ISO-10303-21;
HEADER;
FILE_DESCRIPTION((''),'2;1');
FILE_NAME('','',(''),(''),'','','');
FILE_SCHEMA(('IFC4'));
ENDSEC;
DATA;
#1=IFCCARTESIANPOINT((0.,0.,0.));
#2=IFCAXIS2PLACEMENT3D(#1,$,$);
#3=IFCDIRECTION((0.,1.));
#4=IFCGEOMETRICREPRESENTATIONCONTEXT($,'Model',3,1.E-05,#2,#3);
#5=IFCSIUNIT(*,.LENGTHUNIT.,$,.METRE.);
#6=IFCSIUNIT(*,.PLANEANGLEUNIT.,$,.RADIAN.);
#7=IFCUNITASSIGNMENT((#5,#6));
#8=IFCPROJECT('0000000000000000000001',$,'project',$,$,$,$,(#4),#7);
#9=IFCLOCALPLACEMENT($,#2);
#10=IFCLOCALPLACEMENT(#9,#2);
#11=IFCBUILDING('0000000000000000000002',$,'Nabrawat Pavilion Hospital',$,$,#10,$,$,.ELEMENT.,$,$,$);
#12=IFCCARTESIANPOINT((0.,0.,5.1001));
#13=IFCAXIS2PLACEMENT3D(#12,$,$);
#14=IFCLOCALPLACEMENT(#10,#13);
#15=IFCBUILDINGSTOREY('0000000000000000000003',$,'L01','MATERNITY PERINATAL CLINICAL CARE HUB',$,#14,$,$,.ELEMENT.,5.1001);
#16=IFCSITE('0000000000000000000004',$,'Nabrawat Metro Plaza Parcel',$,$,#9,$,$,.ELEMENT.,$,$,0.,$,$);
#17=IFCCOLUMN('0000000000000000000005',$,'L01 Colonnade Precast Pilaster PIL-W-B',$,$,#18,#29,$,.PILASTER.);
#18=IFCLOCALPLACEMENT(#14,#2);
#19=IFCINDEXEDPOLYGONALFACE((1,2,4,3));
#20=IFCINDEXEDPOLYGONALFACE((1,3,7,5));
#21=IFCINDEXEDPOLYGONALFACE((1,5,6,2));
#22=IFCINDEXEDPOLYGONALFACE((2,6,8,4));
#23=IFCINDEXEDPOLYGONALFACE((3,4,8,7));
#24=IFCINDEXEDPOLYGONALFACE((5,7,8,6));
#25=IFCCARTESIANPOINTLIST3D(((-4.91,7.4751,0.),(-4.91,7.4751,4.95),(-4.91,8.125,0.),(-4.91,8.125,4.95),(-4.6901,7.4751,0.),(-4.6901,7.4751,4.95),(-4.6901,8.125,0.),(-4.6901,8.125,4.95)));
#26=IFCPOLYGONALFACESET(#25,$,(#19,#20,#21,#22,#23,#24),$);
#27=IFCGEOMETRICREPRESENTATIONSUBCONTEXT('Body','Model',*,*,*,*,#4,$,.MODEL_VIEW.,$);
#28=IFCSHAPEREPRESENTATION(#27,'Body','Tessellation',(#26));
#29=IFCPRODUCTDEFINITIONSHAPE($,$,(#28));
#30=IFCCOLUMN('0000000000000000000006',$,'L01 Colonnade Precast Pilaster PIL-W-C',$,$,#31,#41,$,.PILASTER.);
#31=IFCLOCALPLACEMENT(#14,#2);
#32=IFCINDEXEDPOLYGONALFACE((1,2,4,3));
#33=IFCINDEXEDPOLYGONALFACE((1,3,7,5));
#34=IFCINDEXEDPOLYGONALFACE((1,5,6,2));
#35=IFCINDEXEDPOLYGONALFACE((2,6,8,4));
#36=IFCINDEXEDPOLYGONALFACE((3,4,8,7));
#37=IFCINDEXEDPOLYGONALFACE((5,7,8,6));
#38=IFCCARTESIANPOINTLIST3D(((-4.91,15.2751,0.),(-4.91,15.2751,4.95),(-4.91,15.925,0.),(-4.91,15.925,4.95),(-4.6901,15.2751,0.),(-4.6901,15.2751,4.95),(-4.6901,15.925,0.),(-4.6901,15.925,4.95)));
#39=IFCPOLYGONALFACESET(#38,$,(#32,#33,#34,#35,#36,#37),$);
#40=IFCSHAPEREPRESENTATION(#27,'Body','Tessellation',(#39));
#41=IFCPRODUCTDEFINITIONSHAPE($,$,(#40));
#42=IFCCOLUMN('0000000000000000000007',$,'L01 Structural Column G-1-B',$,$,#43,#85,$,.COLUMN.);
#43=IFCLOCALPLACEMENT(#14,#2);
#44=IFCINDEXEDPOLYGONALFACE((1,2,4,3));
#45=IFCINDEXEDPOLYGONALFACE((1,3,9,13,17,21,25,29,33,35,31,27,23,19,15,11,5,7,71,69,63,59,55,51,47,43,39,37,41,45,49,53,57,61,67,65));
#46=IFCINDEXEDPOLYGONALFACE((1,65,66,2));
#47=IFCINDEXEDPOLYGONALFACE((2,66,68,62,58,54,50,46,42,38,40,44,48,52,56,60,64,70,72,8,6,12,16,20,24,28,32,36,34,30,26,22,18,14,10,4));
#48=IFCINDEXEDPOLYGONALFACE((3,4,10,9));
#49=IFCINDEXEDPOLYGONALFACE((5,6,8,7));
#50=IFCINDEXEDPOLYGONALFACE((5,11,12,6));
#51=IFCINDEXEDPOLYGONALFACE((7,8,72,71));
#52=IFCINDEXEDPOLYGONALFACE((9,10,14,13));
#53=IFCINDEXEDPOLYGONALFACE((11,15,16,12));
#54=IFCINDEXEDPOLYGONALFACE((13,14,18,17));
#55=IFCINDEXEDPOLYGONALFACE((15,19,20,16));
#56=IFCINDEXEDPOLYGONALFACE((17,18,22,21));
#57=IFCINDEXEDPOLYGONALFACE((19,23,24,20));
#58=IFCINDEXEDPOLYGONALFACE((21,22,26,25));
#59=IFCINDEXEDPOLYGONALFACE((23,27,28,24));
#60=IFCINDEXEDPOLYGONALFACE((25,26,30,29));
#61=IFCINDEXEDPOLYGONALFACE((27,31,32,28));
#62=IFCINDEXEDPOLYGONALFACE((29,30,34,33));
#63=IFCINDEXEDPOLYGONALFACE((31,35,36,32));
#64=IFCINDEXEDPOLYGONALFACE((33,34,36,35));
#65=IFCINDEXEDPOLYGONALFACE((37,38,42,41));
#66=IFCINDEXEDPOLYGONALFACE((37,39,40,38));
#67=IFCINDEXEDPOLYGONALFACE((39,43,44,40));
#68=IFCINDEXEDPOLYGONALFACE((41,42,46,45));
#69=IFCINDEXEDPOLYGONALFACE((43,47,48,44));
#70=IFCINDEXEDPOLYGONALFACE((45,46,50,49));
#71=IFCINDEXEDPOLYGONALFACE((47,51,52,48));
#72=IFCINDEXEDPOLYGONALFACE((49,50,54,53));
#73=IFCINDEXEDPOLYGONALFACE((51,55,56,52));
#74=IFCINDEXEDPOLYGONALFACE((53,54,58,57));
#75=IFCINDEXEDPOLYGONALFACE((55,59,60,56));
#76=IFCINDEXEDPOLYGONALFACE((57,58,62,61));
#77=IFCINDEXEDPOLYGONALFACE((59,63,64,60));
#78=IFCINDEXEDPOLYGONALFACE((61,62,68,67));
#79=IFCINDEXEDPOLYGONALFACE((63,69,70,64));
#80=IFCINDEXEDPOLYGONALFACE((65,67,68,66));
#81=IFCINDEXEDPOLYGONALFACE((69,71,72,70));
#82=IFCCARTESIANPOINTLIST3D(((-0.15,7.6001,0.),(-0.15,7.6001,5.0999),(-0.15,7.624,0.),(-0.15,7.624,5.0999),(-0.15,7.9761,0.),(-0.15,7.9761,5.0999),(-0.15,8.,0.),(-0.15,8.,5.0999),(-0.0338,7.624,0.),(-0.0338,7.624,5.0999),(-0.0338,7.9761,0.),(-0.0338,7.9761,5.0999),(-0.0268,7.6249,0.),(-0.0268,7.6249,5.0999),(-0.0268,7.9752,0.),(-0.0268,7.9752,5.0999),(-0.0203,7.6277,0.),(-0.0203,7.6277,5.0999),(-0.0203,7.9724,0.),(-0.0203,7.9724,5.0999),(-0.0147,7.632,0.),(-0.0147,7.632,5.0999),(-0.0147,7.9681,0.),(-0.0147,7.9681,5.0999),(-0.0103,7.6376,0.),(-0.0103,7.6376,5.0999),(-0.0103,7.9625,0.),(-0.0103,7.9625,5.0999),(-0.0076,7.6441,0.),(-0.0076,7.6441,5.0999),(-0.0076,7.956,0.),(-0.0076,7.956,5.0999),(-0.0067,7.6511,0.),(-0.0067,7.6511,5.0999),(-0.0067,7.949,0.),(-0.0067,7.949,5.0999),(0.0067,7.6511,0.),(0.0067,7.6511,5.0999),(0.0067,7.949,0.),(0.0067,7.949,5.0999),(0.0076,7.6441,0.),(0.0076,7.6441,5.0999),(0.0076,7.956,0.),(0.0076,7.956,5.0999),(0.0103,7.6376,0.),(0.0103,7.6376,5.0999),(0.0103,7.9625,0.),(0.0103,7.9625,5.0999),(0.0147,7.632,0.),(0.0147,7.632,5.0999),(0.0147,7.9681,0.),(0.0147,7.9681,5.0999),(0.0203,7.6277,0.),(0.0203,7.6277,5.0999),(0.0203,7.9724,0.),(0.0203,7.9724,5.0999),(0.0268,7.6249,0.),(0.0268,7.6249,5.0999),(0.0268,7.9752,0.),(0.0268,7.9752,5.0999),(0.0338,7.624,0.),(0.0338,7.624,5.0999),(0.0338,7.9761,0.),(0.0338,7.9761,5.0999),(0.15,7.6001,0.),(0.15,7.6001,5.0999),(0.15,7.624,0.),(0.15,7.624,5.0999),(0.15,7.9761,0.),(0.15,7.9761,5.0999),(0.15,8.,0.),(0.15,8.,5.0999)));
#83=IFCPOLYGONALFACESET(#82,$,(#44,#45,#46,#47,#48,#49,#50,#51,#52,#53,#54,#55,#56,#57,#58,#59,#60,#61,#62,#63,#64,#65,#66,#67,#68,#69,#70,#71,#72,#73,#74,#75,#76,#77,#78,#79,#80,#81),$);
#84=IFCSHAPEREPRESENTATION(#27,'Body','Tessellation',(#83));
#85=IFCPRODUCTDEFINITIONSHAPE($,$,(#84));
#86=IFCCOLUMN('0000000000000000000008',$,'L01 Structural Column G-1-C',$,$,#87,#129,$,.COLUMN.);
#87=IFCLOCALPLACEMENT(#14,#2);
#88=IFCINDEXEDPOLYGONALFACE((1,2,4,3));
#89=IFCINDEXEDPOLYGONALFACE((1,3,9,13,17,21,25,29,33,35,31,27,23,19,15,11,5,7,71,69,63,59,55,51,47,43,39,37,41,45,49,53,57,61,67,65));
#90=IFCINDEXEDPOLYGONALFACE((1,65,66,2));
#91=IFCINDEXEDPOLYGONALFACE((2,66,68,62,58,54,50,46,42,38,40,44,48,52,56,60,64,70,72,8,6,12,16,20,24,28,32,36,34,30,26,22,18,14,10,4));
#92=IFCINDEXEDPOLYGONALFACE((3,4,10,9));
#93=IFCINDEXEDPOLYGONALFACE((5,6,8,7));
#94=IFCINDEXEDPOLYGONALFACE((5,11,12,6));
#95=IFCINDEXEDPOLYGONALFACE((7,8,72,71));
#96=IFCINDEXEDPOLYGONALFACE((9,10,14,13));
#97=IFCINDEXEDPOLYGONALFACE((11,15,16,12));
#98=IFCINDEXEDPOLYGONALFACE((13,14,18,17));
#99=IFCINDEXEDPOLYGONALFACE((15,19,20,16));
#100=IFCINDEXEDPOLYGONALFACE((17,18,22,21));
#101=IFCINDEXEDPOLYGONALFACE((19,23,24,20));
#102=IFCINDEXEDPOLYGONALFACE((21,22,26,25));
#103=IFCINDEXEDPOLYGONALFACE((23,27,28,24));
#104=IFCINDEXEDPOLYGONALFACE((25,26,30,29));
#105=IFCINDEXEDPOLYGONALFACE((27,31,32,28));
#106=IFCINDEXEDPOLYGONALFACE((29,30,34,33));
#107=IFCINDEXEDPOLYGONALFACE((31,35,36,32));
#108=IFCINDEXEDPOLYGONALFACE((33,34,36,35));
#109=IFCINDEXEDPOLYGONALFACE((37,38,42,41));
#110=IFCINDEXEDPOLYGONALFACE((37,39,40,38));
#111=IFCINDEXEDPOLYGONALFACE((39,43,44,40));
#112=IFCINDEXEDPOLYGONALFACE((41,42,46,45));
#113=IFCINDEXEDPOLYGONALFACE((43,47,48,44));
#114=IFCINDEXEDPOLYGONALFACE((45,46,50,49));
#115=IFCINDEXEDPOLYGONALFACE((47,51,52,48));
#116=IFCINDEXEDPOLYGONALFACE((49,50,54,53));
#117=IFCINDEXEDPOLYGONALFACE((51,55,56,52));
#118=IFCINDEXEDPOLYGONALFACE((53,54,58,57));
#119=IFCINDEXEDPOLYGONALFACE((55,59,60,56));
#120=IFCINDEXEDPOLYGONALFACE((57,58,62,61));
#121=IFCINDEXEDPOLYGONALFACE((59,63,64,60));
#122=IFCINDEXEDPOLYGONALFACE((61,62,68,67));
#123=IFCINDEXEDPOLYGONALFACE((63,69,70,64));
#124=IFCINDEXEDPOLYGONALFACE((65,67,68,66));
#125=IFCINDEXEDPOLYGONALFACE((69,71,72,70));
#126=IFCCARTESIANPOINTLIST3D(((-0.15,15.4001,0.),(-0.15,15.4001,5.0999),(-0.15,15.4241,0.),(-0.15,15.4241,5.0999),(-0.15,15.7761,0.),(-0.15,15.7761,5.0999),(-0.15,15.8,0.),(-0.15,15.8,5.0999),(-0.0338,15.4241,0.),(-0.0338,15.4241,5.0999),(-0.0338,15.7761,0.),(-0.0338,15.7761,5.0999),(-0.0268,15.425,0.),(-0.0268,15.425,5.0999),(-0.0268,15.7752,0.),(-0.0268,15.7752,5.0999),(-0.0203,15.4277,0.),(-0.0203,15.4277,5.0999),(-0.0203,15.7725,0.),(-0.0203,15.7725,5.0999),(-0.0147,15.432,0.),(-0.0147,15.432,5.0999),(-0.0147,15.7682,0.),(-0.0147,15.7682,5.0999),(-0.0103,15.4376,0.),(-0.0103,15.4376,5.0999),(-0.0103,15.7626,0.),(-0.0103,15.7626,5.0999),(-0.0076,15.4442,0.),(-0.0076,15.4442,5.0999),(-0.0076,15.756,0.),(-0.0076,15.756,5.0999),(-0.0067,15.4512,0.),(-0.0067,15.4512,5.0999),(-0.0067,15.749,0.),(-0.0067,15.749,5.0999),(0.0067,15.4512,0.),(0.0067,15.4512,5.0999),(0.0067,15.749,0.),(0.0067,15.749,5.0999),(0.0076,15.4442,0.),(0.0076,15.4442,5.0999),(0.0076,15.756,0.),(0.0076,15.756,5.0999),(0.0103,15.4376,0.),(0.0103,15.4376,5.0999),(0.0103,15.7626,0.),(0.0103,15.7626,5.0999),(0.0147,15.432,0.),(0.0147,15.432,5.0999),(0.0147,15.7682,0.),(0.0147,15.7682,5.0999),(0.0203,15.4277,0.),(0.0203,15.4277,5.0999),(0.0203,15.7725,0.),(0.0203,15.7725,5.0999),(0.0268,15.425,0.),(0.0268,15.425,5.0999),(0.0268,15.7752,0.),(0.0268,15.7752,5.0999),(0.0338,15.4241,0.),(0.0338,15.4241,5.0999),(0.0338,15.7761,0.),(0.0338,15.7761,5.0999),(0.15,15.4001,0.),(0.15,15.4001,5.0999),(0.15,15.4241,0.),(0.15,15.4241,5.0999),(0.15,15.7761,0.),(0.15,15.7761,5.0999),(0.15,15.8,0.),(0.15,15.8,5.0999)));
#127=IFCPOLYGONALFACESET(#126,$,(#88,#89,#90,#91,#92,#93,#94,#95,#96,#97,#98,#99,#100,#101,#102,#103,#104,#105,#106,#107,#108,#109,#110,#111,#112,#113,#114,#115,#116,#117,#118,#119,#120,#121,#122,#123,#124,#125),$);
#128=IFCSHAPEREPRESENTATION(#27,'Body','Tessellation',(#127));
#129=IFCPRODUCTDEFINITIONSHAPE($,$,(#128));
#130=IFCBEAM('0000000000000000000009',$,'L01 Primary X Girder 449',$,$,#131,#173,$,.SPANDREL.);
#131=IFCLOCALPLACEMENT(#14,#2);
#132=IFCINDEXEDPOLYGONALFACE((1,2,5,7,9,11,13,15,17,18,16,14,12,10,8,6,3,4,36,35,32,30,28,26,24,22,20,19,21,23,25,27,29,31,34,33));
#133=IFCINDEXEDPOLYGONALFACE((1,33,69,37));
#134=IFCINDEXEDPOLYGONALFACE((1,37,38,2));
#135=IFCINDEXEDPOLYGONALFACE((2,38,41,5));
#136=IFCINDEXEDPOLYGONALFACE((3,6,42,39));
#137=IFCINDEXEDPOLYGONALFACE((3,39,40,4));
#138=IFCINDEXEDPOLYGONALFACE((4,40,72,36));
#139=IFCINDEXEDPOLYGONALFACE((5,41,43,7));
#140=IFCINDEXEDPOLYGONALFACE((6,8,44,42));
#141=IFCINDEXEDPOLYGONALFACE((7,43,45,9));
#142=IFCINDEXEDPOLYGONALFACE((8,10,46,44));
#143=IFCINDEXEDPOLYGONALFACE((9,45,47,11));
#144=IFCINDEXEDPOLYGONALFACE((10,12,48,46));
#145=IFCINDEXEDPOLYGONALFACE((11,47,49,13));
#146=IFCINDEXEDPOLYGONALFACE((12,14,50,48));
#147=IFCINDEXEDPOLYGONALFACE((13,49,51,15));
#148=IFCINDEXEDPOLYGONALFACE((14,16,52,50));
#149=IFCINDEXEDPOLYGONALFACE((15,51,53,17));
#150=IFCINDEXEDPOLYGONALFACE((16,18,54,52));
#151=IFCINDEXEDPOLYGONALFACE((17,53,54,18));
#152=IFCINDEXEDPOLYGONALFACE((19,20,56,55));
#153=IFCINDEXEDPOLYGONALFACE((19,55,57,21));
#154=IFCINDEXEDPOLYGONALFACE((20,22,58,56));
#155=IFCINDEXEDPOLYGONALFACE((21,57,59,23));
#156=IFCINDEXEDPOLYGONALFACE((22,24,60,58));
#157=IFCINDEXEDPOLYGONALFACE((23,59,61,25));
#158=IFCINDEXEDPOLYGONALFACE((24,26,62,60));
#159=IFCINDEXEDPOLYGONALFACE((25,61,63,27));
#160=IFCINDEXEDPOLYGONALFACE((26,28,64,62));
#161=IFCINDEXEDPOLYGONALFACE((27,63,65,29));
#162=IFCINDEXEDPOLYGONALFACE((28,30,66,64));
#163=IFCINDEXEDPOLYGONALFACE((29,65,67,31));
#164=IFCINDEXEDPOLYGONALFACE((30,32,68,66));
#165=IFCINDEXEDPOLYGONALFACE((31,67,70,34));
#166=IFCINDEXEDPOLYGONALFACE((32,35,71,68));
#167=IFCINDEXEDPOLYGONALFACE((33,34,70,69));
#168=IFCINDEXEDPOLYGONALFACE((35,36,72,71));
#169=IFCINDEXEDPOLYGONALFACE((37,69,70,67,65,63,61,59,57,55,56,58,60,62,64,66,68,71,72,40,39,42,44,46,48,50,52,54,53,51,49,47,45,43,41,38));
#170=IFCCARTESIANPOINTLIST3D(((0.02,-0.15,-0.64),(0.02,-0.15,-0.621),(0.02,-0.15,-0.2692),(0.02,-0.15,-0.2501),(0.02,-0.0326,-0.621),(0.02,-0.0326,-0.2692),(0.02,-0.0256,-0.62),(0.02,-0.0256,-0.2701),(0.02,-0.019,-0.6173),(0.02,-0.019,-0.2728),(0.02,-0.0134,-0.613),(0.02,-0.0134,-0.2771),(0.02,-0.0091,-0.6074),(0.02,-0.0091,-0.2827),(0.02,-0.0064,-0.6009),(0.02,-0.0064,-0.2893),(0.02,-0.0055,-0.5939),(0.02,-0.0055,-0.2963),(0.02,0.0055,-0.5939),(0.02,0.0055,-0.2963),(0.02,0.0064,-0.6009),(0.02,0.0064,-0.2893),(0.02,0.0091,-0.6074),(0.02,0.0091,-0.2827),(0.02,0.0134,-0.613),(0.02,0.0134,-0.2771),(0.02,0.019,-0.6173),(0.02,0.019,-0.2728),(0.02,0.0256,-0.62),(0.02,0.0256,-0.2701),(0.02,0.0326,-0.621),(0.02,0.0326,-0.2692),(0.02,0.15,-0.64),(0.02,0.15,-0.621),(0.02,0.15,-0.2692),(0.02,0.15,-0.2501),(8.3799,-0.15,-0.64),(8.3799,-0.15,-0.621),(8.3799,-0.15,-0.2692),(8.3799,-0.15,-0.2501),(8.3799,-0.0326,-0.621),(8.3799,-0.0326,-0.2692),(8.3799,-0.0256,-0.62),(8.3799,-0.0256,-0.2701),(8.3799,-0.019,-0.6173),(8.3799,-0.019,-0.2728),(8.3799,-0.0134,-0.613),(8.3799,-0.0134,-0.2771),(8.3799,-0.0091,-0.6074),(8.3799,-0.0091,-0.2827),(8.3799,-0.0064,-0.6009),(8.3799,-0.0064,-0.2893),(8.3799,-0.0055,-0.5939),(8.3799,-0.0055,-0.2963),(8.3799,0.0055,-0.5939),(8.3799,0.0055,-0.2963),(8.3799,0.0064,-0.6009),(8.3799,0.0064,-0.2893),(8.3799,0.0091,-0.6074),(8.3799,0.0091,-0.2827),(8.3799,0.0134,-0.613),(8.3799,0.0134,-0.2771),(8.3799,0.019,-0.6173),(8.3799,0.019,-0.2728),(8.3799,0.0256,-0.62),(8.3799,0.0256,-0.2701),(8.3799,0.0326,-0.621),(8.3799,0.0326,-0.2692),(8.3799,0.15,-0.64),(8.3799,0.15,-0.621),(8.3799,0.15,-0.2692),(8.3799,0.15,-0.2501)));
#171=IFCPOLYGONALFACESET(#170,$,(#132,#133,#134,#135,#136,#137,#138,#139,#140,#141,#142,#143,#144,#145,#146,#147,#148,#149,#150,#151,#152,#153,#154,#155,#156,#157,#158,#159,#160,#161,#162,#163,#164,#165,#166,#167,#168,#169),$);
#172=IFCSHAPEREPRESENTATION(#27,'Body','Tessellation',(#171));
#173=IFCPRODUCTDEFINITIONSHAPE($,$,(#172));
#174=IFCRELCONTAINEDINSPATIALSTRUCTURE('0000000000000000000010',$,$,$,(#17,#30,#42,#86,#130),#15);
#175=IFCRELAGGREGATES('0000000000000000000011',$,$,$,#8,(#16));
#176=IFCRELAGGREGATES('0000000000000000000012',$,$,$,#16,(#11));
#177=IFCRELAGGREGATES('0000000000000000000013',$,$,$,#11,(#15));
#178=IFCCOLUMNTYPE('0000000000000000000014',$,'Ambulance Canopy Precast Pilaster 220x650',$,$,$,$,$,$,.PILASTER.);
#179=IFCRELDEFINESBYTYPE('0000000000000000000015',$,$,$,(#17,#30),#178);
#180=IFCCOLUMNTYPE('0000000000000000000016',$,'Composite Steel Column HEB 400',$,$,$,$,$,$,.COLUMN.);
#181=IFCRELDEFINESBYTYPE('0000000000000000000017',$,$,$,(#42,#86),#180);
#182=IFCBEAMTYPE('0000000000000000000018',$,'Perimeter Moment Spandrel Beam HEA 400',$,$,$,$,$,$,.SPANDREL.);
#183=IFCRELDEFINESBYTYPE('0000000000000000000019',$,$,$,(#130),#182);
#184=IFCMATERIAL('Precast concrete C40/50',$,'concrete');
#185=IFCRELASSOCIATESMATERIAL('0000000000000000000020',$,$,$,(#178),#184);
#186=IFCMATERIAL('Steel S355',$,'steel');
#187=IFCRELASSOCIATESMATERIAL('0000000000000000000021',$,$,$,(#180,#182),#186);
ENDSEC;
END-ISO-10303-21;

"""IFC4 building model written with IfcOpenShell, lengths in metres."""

from ifc_helpers import new_model, si_unit, direction, frame, origin, origin_2d, place, context, subcontext, project, spatial, rectangle, i_section, extrude, material, material_profile, profile_set, type_object, element, save


model = new_model("IFC4")

# Units and contexts
model_context = context("Model", 3, precision=1e-05, world=origin(), true_north=direction((0.0, 1.0)))
body_context = subcontext(model_context, "Body", "Model", "MODEL_VIEW")
ifc_project = project(units=[si_unit("LENGTHUNIT", "METRE"), si_unit("PLANEANGLEUNIT", "RADIAN")], contexts=[model_context])

# Site, building, storey
site_placement = place(None, origin())
site = spatial("IfcSite", under=ifc_project, at=site_placement, Name="Nabrawat Metro Plaza Parcel", CompositionType="ELEMENT", RefElevation=0.0)
building_placement = place(site_placement, origin())
building = spatial("IfcBuilding", under=site, at=building_placement, Name="Nabrawat Pavilion Hospital", CompositionType="ELEMENT")
storey_placement = place(building_placement, frame((0.0, 0.0, 5.1001)))
storey = spatial("IfcBuildingStorey", under=building, at=storey_placement, Name="L01", Description="MATERNITY PERINATAL CLINICAL CARE HUB", CompositionType="ELEMENT", Elevation=5.1001)

# Columns
ifc_material_1 = material(Name="Precast concrete C40/50", Category="concrete")
ifc_material_profile_1 = material_profile(ifc_material_1, rectangle(XDim=0.22, YDim=0.6499, at=origin_2d()), Name="PC 220x650")
ifc_profile_set_1 = profile_set([ifc_material_profile_1], Name="Precast concrete C40/50")
column_type_1 = type_object("IfcColumnType", Name="Ambulance Canopy Precast Pilaster 220x650", PredefinedType="PILASTER", material=ifc_profile_set_1)
for number, where, z_axis, x_axis, name in (
    (1, (-4.8, 7.8, 0.0), (0.0, 0.0, 1.0), (1.0, 0.0, 0.0), "L01 Colonnade Precast Pilaster PIL-W-B"),
    (2, (-4.8, 15.6001, 0.0), (0.0, 0.0, 1.0), (1.0, 0.0, 0.0), "L01 Colonnade Precast Pilaster PIL-W-C"),
):
    element("IfcColumn", number, at=place(storey_placement, frame(where, z_axis=z_axis, x_axis=x_axis)), inside=storey, type_object=column_type_1, Name=name, PredefinedType="PILASTER", context=body_context, shape_type="SweptSolid", body=[
        extrude(rectangle(XDim=0.22, YDim=0.6499, at=origin_2d()), origin(), (0.0, 0.0, 1.0), 4.95),
    ])
ifc_material_2 = material(Name="Steel S355", Category="steel")
ifc_material_profile_2 = material_profile(ifc_material_2, i_section(OverallWidth=0.3, OverallDepth=0.3999, WebThickness=0.0134, FlangeThickness=0.0239, FilletRadius=0.0271, at=origin_2d()), Name="HEB 400")
ifc_profile_set_2 = profile_set([ifc_material_profile_2], Name="Steel S355")
column_type_2 = type_object("IfcColumnType", Name="Composite Steel Column HEB 400", PredefinedType="COLUMN", material=ifc_profile_set_2)
for number, where, z_axis, x_axis, name in (
    (3, (0.0, 7.8, 0.0), (0.0, 0.0, 1.0), (1.0, 0.0, 0.0), "L01 Structural Column G-1-B"),
    (4, (0.0, 15.6001, 0.0), (0.0, 0.0, 1.0), (1.0, 0.0, 0.0), "L01 Structural Column G-1-C"),
):
    element("IfcColumn", number, at=place(storey_placement, frame(where, z_axis=z_axis, x_axis=x_axis)), inside=storey, type_object=column_type_2, Name=name, PredefinedType="COLUMN", context=body_context, shape_type="SweptSolid", body=[
        extrude(i_section(OverallWidth=0.3, OverallDepth=0.3999, WebThickness=0.0134, FlangeThickness=0.0239, FilletRadius=0.0271, at=origin_2d()), origin(), (0.0, 0.0, 1.0), 5.0999),
    ])

# Beam
ifc_material_profile_3 = material_profile(ifc_material_2, i_section(OverallWidth=0.3, OverallDepth=0.3899, WebThickness=0.011, FlangeThickness=0.019, FilletRadius=0.0271, at=origin_2d()), Name="HEA 400")
ifc_profile_set_3 = profile_set([ifc_material_profile_3], Name="Steel S355")
beam_type_1 = type_object("IfcBeamType", Name="Perimeter Moment Spandrel Beam HEA 400", PredefinedType="SPANDREL", material=ifc_profile_set_3)
beam_placement = place(storey_placement, frame((0.02, 0.0, -0.4451), z_axis=(1.0, 0.0, 0.0), x_axis=(0.0, 1.0, 0.0)))
element("IfcBeam", 5, at=beam_placement, inside=storey, type_object=beam_type_1, Name="L01 Primary X Girder 449", PredefinedType="SPANDREL", context=body_context, shape_type="SweptSolid", body=[
    extrude(i_section(OverallWidth=0.3, OverallDepth=0.3899, WebThickness=0.011, FlangeThickness=0.019, FilletRadius=0.0271, at=origin_2d()), origin(), (0.0, 0.0, 1.0), 8.3599),
])

save(model, "model.ifc")
